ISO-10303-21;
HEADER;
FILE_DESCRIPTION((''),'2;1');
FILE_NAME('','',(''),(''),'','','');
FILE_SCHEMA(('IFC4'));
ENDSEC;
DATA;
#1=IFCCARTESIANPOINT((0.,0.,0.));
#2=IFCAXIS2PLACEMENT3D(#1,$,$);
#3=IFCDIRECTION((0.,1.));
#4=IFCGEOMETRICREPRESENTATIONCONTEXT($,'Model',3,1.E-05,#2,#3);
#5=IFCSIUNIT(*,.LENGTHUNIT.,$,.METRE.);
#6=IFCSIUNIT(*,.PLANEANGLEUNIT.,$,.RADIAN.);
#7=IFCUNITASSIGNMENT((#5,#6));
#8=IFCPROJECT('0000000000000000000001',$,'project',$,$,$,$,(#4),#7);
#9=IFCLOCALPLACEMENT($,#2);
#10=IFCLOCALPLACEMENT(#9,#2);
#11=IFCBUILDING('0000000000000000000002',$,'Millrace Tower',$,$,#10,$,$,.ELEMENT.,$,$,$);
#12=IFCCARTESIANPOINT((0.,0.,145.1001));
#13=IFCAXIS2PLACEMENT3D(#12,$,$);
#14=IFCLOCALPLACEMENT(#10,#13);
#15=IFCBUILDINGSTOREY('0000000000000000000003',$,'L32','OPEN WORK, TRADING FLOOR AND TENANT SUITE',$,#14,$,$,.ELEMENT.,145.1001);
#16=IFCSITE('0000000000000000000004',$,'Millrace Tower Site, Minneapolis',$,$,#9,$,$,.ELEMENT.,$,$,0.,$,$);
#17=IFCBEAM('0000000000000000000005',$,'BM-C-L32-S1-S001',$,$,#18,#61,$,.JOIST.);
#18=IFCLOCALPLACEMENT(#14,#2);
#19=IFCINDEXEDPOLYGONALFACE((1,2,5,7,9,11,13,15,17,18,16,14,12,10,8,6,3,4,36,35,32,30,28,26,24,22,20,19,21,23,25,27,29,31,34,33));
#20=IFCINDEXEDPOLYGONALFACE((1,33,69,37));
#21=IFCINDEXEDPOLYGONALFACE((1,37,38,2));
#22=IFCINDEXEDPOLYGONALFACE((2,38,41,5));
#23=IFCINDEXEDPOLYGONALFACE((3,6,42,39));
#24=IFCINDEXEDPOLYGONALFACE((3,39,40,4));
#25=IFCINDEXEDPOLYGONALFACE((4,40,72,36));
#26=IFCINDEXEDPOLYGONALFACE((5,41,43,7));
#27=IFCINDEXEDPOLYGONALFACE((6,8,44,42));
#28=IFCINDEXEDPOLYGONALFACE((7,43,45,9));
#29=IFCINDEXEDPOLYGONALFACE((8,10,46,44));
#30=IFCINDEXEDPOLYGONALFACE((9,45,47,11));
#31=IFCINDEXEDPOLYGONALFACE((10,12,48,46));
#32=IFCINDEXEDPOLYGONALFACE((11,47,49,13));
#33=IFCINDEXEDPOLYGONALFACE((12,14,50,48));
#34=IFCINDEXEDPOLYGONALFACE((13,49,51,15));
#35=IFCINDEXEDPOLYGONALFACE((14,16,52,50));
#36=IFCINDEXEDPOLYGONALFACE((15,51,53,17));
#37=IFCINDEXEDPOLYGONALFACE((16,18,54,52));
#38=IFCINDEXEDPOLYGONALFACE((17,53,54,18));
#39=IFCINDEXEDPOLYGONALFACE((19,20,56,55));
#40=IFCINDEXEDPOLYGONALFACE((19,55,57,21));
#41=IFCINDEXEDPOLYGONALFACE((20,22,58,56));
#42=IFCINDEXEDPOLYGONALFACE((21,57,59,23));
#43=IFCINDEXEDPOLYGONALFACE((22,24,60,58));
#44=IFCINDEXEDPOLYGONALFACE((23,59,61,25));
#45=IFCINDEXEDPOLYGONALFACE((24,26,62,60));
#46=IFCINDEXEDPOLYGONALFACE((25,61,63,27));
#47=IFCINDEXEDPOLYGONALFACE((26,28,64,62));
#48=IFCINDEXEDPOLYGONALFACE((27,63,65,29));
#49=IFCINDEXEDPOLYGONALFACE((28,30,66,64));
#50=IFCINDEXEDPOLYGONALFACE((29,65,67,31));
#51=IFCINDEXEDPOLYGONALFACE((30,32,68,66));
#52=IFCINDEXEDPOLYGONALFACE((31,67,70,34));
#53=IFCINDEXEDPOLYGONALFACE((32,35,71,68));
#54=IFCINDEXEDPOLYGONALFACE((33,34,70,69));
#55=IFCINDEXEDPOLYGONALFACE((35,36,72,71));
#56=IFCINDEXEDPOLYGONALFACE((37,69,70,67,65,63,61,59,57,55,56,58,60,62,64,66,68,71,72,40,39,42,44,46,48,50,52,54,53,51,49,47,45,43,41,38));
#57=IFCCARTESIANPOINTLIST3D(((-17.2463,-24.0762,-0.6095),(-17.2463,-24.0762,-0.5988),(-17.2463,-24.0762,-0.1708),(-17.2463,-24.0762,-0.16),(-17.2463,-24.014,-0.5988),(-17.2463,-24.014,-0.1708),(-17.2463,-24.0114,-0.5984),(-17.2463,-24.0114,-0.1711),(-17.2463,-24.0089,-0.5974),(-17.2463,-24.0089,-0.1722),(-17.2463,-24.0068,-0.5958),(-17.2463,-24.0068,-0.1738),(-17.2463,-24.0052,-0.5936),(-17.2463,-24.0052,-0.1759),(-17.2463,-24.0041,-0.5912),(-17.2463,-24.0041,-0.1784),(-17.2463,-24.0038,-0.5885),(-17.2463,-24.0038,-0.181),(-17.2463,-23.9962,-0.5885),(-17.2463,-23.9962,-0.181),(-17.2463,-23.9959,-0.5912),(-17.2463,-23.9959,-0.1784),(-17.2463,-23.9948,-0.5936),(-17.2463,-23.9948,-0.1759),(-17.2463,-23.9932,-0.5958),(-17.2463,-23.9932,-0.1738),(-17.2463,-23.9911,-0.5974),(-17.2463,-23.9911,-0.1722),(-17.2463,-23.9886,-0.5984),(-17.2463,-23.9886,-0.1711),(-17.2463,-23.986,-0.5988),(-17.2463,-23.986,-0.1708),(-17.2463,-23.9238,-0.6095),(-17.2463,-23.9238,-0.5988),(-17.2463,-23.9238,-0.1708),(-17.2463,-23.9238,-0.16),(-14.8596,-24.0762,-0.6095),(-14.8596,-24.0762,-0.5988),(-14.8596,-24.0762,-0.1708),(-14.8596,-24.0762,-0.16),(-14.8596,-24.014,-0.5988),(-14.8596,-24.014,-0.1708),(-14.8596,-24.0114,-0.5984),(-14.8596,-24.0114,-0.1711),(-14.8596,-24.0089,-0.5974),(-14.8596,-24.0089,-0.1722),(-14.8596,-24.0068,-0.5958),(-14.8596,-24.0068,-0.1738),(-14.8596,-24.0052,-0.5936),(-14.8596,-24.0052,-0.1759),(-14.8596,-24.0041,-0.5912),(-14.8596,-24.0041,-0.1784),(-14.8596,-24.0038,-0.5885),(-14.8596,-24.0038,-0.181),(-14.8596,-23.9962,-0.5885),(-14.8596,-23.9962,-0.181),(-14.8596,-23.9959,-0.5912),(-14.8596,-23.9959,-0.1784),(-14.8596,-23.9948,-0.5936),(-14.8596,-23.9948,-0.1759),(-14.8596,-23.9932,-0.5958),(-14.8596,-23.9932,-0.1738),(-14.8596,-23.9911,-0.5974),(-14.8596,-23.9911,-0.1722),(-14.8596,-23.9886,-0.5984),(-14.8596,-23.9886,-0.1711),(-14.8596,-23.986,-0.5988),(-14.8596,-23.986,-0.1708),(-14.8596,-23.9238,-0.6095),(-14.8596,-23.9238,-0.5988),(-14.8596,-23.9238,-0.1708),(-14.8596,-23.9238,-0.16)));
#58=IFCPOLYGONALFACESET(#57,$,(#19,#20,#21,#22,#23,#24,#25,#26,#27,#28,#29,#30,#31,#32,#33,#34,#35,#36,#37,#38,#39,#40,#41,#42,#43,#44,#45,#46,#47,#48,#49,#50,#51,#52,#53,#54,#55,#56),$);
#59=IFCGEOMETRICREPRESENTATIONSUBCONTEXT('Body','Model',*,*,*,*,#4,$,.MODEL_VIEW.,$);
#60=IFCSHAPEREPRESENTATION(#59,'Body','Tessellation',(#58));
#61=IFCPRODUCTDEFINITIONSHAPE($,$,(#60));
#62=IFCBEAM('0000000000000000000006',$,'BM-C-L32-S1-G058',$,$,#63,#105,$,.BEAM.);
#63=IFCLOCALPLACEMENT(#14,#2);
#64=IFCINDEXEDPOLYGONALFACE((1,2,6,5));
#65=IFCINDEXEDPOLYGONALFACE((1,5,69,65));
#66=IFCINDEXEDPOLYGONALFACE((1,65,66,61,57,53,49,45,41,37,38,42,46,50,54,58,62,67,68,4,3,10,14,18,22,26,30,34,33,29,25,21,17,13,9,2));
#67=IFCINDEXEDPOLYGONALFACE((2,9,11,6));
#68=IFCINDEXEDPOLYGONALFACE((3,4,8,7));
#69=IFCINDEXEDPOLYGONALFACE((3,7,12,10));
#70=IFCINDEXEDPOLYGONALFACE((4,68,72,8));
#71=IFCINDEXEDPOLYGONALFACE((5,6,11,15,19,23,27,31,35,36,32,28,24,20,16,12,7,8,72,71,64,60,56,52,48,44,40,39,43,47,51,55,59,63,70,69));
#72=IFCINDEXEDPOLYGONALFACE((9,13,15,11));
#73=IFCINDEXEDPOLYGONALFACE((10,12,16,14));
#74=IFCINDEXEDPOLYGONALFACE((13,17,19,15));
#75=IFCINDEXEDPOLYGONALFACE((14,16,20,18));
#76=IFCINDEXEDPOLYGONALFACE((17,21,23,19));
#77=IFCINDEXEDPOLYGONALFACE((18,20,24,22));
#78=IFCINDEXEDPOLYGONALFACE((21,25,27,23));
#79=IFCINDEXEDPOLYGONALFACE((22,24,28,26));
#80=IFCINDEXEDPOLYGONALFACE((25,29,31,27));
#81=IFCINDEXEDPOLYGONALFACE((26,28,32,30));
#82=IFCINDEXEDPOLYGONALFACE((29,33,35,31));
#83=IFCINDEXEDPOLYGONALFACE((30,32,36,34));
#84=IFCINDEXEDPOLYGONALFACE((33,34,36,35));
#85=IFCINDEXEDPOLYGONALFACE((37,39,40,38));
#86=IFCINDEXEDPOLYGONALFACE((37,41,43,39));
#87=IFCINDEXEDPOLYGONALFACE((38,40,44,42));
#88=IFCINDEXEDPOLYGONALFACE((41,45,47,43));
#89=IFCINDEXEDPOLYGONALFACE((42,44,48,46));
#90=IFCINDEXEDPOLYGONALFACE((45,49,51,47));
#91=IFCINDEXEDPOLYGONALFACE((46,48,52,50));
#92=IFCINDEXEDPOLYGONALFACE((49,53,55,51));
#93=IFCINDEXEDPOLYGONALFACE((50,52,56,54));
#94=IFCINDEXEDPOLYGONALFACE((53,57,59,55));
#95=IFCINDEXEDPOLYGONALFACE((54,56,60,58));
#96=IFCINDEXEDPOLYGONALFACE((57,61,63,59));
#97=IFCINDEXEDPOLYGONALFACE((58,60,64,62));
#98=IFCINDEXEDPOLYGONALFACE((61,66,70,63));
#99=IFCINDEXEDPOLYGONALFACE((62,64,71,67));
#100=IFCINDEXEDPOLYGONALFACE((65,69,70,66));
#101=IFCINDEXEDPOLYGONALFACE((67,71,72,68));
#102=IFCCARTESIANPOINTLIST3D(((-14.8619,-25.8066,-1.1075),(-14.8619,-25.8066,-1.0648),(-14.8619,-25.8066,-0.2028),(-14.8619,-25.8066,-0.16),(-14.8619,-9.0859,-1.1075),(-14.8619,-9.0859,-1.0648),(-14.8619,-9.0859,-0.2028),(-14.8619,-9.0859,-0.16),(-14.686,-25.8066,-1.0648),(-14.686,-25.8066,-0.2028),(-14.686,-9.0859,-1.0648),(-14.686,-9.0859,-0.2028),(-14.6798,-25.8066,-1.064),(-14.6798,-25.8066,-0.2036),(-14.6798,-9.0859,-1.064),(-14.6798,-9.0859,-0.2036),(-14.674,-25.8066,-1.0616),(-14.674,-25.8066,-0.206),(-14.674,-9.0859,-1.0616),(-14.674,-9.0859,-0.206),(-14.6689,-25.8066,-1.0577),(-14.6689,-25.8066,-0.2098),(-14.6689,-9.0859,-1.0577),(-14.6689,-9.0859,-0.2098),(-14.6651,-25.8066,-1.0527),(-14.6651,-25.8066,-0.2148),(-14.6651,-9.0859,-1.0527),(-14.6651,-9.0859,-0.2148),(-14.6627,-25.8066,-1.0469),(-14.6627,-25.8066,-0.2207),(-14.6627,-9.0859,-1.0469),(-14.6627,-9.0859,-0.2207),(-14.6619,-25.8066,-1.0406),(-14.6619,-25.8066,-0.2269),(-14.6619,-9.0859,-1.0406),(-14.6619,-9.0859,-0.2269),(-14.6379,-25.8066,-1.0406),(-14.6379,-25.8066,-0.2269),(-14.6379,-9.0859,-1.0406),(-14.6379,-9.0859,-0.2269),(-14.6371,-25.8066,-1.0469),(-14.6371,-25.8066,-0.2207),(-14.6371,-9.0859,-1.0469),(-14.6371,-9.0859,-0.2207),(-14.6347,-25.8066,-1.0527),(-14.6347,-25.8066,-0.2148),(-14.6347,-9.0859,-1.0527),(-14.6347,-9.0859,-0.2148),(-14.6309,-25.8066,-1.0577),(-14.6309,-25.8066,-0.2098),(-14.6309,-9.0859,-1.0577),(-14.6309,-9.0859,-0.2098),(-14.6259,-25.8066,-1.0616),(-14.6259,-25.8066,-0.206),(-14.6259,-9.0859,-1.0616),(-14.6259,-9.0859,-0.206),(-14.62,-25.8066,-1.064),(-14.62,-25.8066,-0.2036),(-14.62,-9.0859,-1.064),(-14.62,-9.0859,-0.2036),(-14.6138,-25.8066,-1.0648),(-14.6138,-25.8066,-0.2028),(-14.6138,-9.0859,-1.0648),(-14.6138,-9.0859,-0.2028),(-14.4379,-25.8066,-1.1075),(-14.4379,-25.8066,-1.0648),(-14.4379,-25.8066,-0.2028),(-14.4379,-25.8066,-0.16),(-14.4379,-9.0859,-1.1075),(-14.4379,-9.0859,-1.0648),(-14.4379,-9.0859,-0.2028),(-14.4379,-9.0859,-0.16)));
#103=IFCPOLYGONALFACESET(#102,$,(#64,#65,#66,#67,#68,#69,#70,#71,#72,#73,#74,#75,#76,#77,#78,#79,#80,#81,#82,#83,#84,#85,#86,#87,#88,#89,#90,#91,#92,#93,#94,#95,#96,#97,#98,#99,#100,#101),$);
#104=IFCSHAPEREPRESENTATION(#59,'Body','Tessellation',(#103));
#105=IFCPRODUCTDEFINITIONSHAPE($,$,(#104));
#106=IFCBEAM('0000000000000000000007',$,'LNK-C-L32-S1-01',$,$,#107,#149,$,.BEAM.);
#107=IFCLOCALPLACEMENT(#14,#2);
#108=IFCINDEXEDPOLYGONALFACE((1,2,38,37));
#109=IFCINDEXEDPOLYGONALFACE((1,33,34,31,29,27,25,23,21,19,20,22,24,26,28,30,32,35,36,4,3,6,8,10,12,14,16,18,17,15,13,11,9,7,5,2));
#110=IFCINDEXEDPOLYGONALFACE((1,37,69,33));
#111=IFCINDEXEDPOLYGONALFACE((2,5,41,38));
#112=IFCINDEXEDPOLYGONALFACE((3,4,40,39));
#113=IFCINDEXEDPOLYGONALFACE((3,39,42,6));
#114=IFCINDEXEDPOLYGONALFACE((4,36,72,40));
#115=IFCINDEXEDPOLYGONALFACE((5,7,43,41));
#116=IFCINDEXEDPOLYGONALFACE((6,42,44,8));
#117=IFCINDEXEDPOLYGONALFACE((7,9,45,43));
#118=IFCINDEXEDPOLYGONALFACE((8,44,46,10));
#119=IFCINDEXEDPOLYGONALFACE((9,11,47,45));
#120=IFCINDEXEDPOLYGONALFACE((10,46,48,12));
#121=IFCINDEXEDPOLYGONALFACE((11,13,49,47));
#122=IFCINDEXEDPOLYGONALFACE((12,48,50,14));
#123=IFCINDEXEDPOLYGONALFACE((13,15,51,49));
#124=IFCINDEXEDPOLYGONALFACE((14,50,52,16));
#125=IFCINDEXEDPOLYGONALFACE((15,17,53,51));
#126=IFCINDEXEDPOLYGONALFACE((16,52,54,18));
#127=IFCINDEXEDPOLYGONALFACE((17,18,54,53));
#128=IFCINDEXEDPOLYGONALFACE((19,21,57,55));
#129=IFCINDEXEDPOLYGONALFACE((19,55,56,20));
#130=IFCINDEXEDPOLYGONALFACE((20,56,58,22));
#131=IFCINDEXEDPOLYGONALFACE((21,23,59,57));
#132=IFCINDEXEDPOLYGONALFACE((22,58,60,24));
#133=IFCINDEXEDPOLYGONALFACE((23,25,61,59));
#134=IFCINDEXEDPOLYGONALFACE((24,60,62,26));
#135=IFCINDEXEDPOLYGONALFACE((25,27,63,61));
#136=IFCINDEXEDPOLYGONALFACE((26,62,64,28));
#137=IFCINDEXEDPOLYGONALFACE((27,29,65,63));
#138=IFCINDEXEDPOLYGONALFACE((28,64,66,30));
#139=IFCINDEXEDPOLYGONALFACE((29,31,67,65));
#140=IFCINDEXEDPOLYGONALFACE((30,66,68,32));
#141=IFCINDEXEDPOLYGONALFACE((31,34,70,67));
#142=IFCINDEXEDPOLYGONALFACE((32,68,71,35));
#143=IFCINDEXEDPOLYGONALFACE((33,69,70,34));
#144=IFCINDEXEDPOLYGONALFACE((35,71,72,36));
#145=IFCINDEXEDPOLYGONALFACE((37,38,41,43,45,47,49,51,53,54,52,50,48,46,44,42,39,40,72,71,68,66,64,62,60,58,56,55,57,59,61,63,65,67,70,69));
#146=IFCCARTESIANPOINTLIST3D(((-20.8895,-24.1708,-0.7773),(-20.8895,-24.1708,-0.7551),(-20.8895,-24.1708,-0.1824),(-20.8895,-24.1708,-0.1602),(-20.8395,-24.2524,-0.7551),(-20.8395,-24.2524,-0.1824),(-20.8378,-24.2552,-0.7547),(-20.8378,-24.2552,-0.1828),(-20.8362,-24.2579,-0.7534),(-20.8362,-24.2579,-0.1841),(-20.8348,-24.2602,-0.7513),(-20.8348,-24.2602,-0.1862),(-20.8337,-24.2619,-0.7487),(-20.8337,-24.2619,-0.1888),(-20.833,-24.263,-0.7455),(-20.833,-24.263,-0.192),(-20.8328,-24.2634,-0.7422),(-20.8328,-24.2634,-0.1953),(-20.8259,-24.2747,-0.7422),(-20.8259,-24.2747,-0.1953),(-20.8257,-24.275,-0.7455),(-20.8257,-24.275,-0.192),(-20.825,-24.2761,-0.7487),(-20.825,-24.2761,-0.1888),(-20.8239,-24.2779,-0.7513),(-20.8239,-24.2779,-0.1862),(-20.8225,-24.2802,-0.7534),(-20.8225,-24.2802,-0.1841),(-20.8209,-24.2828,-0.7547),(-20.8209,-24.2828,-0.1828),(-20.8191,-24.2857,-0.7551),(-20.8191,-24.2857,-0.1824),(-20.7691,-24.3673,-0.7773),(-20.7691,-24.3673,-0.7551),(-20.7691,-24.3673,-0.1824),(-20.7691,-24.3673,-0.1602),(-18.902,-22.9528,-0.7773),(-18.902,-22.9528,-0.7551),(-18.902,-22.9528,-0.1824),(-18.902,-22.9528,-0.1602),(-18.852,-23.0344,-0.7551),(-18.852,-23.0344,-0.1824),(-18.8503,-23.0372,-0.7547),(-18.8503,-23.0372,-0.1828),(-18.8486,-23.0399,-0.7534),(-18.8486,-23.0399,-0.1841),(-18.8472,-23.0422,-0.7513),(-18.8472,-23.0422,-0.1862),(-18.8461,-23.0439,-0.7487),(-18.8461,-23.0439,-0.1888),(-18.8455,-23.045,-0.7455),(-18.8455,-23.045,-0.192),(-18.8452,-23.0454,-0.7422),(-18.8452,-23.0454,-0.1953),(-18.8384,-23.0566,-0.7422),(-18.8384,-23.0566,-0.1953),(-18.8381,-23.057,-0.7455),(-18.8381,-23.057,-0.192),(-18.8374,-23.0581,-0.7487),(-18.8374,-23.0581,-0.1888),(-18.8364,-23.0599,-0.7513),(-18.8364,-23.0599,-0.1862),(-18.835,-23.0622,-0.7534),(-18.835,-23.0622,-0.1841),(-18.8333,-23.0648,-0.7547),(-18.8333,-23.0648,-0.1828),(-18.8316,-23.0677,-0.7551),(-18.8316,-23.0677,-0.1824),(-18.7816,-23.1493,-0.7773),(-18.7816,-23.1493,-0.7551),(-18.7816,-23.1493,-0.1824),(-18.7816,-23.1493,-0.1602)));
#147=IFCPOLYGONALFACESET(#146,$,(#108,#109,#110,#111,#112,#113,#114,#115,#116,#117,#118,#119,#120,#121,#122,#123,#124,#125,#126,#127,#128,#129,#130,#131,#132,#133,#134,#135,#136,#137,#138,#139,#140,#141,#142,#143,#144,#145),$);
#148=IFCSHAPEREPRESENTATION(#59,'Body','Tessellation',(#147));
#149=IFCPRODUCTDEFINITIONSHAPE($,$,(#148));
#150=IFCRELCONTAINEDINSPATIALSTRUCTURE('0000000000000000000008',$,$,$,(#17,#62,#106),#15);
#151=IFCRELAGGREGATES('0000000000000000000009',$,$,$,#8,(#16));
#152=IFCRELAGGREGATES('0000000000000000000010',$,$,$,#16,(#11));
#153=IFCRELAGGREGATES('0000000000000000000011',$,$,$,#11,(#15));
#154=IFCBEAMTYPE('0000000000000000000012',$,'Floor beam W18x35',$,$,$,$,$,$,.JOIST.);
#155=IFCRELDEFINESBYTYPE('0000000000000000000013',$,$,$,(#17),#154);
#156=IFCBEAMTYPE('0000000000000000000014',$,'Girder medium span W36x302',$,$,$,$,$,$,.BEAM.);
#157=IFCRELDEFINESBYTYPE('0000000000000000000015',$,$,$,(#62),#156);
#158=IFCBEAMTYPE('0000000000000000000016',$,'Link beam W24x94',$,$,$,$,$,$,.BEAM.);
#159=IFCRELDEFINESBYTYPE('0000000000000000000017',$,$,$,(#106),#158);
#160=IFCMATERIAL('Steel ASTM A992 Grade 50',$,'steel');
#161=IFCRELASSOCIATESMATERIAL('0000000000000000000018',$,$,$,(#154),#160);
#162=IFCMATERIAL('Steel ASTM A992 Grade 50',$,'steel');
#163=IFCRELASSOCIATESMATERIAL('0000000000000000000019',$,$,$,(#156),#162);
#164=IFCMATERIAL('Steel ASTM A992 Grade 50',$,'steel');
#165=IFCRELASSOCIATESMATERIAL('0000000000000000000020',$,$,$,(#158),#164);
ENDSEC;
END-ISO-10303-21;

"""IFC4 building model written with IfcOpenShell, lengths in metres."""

from ifc_helpers import new_model, si_unit, direction, frame, origin, origin_2d, place, context, subcontext, project, spatial, i_section, extrude, material, material_profile, profile_set, type_object, element, save


model = new_model("IFC4")

# Units and contexts
model_context = context("Model", 3, precision=1e-05, world=origin(), true_north=direction((0.0, 1.0)))
body_context = subcontext(model_context, "Body", "Model", "MODEL_VIEW")
ifc_project = project(units=[si_unit("LENGTHUNIT", "METRE"), si_unit("PLANEANGLEUNIT", "RADIAN")], contexts=[model_context])

# Site, building, storey
site_placement = place(None, origin())
site = spatial("IfcSite", under=ifc_project, at=site_placement, Name="Millrace Tower Site, Minneapolis", CompositionType="ELEMENT", RefElevation=0.0)
building_placement = place(site_placement, origin())
building = spatial("IfcBuilding", under=site, at=building_placement, Name="Millrace Tower", CompositionType="ELEMENT")
storey_placement = place(building_placement, frame((0.0, 0.0, 145.1001)))
storey = spatial("IfcBuildingStorey", under=building, at=storey_placement, Name="L32", Description="OPEN WORK, TRADING FLOOR AND TENANT SUITE", CompositionType="ELEMENT", Elevation=145.1001)

# Beams
ifc_material_1 = material(Name="Steel ASTM A992 Grade 50", Category="steel")
ifc_material_profile_1 = material_profile(ifc_material_1, i_section(OverallWidth=0.1523, OverallDepth=0.4495, WebThickness=0.0076, FlangeThickness=0.0107, FilletRadius=0.0103, at=origin_2d()))
ifc_profile_set_1 = profile_set([ifc_material_profile_1], Name="Steel ASTM A992 Grade 50")
beam_type_1 = type_object("IfcBeamType", Name="Floor beam W18x35", PredefinedType="JOIST", material=ifc_profile_set_1)
beam_1_placement = place(storey_placement, frame((-17.2463, -24.0, -0.3848), z_axis=(1.0, 0.0, 0.0), x_axis=(0.0, 1.0, 0.0)))
element("IfcBeam", 1, at=beam_1_placement, inside=storey, type_object=beam_type_1, Name="BM-C-L32-S1-S001", PredefinedType="JOIST", context=body_context, shape_type="SweptSolid", body=[
    extrude(i_section(OverallWidth=0.1523, OverallDepth=0.4495, WebThickness=0.0076, FlangeThickness=0.0107, FilletRadius=0.0103, at=origin_2d()), origin(), (0.0, 0.0, 1.0), 2.3867),
])
ifc_material_2 = material(Name="Steel ASTM A992 Grade 50", Category="steel")
ifc_material_profile_2 = material_profile(ifc_material_2, i_section(OverallWidth=0.4241, OverallDepth=0.9475, WebThickness=0.0239, FlangeThickness=0.0427, FilletRadius=0.0242, at=origin_2d()))
ifc_profile_set_2 = profile_set([ifc_material_profile_2], Name="Steel ASTM A992 Grade 50")
beam_type_2 = type_object("IfcBeamType", Name="Girder medium span W36x302", PredefinedType="BEAM", material=ifc_profile_set_2)
beam_2_placement = place(storey_placement, frame((-14.6499, -25.8066, -0.6338), z_axis=(0.0, 1.0, 0.0), x_axis=(-1.0, 0.0, 0.0)))
element("IfcBeam", 2, at=beam_2_placement, inside=storey, type_object=beam_type_2, Name="BM-C-L32-S1-G058", PredefinedType="BEAM", context=body_context, shape_type="SweptSolid", body=[
    extrude(i_section(OverallWidth=0.4241, OverallDepth=0.9475, WebThickness=0.0239, FlangeThickness=0.0427, FilletRadius=0.0242, at=origin_2d()), origin(), (0.0, 0.0, 1.0), 16.7207),
])
ifc_material_3 = material(Name="Steel ASTM A992 Grade 50", Category="steel")
ifc_material_profile_3 = material_profile(ifc_material_3, i_section(OverallWidth=0.2305, OverallDepth=0.6172, WebThickness=0.0132, FlangeThickness=0.0222, FilletRadius=0.0129, at=origin_2d()))
ifc_profile_set_3 = profile_set([ifc_material_profile_3], Name="Steel ASTM A992 Grade 50")
beam_type_3 = type_object("IfcBeamType", Name="Link beam W24x94", PredefinedType="BEAM", material=ifc_profile_set_3)
beam_3_placement = place(storey_placement, frame((-18.8418, -23.051, -0.4688), z_axis=(-0.852631, -0.522513, 0.0), x_axis=(0.522513, -0.852631, 0.0)))
element("IfcBeam", 3, at=beam_3_placement, inside=storey, type_object=beam_type_3, Name="LNK-C-L32-S1-01", PredefinedType="BEAM", context=body_context, shape_type="SweptSolid", body=[
    extrude(i_section(OverallWidth=0.2305, OverallDepth=0.6172, WebThickness=0.0132, FlangeThickness=0.0222, FilletRadius=0.0129, at=origin_2d()), origin(), (0.0, 0.0, 1.0), 2.3311),
])

save(model, "model.ifc")
